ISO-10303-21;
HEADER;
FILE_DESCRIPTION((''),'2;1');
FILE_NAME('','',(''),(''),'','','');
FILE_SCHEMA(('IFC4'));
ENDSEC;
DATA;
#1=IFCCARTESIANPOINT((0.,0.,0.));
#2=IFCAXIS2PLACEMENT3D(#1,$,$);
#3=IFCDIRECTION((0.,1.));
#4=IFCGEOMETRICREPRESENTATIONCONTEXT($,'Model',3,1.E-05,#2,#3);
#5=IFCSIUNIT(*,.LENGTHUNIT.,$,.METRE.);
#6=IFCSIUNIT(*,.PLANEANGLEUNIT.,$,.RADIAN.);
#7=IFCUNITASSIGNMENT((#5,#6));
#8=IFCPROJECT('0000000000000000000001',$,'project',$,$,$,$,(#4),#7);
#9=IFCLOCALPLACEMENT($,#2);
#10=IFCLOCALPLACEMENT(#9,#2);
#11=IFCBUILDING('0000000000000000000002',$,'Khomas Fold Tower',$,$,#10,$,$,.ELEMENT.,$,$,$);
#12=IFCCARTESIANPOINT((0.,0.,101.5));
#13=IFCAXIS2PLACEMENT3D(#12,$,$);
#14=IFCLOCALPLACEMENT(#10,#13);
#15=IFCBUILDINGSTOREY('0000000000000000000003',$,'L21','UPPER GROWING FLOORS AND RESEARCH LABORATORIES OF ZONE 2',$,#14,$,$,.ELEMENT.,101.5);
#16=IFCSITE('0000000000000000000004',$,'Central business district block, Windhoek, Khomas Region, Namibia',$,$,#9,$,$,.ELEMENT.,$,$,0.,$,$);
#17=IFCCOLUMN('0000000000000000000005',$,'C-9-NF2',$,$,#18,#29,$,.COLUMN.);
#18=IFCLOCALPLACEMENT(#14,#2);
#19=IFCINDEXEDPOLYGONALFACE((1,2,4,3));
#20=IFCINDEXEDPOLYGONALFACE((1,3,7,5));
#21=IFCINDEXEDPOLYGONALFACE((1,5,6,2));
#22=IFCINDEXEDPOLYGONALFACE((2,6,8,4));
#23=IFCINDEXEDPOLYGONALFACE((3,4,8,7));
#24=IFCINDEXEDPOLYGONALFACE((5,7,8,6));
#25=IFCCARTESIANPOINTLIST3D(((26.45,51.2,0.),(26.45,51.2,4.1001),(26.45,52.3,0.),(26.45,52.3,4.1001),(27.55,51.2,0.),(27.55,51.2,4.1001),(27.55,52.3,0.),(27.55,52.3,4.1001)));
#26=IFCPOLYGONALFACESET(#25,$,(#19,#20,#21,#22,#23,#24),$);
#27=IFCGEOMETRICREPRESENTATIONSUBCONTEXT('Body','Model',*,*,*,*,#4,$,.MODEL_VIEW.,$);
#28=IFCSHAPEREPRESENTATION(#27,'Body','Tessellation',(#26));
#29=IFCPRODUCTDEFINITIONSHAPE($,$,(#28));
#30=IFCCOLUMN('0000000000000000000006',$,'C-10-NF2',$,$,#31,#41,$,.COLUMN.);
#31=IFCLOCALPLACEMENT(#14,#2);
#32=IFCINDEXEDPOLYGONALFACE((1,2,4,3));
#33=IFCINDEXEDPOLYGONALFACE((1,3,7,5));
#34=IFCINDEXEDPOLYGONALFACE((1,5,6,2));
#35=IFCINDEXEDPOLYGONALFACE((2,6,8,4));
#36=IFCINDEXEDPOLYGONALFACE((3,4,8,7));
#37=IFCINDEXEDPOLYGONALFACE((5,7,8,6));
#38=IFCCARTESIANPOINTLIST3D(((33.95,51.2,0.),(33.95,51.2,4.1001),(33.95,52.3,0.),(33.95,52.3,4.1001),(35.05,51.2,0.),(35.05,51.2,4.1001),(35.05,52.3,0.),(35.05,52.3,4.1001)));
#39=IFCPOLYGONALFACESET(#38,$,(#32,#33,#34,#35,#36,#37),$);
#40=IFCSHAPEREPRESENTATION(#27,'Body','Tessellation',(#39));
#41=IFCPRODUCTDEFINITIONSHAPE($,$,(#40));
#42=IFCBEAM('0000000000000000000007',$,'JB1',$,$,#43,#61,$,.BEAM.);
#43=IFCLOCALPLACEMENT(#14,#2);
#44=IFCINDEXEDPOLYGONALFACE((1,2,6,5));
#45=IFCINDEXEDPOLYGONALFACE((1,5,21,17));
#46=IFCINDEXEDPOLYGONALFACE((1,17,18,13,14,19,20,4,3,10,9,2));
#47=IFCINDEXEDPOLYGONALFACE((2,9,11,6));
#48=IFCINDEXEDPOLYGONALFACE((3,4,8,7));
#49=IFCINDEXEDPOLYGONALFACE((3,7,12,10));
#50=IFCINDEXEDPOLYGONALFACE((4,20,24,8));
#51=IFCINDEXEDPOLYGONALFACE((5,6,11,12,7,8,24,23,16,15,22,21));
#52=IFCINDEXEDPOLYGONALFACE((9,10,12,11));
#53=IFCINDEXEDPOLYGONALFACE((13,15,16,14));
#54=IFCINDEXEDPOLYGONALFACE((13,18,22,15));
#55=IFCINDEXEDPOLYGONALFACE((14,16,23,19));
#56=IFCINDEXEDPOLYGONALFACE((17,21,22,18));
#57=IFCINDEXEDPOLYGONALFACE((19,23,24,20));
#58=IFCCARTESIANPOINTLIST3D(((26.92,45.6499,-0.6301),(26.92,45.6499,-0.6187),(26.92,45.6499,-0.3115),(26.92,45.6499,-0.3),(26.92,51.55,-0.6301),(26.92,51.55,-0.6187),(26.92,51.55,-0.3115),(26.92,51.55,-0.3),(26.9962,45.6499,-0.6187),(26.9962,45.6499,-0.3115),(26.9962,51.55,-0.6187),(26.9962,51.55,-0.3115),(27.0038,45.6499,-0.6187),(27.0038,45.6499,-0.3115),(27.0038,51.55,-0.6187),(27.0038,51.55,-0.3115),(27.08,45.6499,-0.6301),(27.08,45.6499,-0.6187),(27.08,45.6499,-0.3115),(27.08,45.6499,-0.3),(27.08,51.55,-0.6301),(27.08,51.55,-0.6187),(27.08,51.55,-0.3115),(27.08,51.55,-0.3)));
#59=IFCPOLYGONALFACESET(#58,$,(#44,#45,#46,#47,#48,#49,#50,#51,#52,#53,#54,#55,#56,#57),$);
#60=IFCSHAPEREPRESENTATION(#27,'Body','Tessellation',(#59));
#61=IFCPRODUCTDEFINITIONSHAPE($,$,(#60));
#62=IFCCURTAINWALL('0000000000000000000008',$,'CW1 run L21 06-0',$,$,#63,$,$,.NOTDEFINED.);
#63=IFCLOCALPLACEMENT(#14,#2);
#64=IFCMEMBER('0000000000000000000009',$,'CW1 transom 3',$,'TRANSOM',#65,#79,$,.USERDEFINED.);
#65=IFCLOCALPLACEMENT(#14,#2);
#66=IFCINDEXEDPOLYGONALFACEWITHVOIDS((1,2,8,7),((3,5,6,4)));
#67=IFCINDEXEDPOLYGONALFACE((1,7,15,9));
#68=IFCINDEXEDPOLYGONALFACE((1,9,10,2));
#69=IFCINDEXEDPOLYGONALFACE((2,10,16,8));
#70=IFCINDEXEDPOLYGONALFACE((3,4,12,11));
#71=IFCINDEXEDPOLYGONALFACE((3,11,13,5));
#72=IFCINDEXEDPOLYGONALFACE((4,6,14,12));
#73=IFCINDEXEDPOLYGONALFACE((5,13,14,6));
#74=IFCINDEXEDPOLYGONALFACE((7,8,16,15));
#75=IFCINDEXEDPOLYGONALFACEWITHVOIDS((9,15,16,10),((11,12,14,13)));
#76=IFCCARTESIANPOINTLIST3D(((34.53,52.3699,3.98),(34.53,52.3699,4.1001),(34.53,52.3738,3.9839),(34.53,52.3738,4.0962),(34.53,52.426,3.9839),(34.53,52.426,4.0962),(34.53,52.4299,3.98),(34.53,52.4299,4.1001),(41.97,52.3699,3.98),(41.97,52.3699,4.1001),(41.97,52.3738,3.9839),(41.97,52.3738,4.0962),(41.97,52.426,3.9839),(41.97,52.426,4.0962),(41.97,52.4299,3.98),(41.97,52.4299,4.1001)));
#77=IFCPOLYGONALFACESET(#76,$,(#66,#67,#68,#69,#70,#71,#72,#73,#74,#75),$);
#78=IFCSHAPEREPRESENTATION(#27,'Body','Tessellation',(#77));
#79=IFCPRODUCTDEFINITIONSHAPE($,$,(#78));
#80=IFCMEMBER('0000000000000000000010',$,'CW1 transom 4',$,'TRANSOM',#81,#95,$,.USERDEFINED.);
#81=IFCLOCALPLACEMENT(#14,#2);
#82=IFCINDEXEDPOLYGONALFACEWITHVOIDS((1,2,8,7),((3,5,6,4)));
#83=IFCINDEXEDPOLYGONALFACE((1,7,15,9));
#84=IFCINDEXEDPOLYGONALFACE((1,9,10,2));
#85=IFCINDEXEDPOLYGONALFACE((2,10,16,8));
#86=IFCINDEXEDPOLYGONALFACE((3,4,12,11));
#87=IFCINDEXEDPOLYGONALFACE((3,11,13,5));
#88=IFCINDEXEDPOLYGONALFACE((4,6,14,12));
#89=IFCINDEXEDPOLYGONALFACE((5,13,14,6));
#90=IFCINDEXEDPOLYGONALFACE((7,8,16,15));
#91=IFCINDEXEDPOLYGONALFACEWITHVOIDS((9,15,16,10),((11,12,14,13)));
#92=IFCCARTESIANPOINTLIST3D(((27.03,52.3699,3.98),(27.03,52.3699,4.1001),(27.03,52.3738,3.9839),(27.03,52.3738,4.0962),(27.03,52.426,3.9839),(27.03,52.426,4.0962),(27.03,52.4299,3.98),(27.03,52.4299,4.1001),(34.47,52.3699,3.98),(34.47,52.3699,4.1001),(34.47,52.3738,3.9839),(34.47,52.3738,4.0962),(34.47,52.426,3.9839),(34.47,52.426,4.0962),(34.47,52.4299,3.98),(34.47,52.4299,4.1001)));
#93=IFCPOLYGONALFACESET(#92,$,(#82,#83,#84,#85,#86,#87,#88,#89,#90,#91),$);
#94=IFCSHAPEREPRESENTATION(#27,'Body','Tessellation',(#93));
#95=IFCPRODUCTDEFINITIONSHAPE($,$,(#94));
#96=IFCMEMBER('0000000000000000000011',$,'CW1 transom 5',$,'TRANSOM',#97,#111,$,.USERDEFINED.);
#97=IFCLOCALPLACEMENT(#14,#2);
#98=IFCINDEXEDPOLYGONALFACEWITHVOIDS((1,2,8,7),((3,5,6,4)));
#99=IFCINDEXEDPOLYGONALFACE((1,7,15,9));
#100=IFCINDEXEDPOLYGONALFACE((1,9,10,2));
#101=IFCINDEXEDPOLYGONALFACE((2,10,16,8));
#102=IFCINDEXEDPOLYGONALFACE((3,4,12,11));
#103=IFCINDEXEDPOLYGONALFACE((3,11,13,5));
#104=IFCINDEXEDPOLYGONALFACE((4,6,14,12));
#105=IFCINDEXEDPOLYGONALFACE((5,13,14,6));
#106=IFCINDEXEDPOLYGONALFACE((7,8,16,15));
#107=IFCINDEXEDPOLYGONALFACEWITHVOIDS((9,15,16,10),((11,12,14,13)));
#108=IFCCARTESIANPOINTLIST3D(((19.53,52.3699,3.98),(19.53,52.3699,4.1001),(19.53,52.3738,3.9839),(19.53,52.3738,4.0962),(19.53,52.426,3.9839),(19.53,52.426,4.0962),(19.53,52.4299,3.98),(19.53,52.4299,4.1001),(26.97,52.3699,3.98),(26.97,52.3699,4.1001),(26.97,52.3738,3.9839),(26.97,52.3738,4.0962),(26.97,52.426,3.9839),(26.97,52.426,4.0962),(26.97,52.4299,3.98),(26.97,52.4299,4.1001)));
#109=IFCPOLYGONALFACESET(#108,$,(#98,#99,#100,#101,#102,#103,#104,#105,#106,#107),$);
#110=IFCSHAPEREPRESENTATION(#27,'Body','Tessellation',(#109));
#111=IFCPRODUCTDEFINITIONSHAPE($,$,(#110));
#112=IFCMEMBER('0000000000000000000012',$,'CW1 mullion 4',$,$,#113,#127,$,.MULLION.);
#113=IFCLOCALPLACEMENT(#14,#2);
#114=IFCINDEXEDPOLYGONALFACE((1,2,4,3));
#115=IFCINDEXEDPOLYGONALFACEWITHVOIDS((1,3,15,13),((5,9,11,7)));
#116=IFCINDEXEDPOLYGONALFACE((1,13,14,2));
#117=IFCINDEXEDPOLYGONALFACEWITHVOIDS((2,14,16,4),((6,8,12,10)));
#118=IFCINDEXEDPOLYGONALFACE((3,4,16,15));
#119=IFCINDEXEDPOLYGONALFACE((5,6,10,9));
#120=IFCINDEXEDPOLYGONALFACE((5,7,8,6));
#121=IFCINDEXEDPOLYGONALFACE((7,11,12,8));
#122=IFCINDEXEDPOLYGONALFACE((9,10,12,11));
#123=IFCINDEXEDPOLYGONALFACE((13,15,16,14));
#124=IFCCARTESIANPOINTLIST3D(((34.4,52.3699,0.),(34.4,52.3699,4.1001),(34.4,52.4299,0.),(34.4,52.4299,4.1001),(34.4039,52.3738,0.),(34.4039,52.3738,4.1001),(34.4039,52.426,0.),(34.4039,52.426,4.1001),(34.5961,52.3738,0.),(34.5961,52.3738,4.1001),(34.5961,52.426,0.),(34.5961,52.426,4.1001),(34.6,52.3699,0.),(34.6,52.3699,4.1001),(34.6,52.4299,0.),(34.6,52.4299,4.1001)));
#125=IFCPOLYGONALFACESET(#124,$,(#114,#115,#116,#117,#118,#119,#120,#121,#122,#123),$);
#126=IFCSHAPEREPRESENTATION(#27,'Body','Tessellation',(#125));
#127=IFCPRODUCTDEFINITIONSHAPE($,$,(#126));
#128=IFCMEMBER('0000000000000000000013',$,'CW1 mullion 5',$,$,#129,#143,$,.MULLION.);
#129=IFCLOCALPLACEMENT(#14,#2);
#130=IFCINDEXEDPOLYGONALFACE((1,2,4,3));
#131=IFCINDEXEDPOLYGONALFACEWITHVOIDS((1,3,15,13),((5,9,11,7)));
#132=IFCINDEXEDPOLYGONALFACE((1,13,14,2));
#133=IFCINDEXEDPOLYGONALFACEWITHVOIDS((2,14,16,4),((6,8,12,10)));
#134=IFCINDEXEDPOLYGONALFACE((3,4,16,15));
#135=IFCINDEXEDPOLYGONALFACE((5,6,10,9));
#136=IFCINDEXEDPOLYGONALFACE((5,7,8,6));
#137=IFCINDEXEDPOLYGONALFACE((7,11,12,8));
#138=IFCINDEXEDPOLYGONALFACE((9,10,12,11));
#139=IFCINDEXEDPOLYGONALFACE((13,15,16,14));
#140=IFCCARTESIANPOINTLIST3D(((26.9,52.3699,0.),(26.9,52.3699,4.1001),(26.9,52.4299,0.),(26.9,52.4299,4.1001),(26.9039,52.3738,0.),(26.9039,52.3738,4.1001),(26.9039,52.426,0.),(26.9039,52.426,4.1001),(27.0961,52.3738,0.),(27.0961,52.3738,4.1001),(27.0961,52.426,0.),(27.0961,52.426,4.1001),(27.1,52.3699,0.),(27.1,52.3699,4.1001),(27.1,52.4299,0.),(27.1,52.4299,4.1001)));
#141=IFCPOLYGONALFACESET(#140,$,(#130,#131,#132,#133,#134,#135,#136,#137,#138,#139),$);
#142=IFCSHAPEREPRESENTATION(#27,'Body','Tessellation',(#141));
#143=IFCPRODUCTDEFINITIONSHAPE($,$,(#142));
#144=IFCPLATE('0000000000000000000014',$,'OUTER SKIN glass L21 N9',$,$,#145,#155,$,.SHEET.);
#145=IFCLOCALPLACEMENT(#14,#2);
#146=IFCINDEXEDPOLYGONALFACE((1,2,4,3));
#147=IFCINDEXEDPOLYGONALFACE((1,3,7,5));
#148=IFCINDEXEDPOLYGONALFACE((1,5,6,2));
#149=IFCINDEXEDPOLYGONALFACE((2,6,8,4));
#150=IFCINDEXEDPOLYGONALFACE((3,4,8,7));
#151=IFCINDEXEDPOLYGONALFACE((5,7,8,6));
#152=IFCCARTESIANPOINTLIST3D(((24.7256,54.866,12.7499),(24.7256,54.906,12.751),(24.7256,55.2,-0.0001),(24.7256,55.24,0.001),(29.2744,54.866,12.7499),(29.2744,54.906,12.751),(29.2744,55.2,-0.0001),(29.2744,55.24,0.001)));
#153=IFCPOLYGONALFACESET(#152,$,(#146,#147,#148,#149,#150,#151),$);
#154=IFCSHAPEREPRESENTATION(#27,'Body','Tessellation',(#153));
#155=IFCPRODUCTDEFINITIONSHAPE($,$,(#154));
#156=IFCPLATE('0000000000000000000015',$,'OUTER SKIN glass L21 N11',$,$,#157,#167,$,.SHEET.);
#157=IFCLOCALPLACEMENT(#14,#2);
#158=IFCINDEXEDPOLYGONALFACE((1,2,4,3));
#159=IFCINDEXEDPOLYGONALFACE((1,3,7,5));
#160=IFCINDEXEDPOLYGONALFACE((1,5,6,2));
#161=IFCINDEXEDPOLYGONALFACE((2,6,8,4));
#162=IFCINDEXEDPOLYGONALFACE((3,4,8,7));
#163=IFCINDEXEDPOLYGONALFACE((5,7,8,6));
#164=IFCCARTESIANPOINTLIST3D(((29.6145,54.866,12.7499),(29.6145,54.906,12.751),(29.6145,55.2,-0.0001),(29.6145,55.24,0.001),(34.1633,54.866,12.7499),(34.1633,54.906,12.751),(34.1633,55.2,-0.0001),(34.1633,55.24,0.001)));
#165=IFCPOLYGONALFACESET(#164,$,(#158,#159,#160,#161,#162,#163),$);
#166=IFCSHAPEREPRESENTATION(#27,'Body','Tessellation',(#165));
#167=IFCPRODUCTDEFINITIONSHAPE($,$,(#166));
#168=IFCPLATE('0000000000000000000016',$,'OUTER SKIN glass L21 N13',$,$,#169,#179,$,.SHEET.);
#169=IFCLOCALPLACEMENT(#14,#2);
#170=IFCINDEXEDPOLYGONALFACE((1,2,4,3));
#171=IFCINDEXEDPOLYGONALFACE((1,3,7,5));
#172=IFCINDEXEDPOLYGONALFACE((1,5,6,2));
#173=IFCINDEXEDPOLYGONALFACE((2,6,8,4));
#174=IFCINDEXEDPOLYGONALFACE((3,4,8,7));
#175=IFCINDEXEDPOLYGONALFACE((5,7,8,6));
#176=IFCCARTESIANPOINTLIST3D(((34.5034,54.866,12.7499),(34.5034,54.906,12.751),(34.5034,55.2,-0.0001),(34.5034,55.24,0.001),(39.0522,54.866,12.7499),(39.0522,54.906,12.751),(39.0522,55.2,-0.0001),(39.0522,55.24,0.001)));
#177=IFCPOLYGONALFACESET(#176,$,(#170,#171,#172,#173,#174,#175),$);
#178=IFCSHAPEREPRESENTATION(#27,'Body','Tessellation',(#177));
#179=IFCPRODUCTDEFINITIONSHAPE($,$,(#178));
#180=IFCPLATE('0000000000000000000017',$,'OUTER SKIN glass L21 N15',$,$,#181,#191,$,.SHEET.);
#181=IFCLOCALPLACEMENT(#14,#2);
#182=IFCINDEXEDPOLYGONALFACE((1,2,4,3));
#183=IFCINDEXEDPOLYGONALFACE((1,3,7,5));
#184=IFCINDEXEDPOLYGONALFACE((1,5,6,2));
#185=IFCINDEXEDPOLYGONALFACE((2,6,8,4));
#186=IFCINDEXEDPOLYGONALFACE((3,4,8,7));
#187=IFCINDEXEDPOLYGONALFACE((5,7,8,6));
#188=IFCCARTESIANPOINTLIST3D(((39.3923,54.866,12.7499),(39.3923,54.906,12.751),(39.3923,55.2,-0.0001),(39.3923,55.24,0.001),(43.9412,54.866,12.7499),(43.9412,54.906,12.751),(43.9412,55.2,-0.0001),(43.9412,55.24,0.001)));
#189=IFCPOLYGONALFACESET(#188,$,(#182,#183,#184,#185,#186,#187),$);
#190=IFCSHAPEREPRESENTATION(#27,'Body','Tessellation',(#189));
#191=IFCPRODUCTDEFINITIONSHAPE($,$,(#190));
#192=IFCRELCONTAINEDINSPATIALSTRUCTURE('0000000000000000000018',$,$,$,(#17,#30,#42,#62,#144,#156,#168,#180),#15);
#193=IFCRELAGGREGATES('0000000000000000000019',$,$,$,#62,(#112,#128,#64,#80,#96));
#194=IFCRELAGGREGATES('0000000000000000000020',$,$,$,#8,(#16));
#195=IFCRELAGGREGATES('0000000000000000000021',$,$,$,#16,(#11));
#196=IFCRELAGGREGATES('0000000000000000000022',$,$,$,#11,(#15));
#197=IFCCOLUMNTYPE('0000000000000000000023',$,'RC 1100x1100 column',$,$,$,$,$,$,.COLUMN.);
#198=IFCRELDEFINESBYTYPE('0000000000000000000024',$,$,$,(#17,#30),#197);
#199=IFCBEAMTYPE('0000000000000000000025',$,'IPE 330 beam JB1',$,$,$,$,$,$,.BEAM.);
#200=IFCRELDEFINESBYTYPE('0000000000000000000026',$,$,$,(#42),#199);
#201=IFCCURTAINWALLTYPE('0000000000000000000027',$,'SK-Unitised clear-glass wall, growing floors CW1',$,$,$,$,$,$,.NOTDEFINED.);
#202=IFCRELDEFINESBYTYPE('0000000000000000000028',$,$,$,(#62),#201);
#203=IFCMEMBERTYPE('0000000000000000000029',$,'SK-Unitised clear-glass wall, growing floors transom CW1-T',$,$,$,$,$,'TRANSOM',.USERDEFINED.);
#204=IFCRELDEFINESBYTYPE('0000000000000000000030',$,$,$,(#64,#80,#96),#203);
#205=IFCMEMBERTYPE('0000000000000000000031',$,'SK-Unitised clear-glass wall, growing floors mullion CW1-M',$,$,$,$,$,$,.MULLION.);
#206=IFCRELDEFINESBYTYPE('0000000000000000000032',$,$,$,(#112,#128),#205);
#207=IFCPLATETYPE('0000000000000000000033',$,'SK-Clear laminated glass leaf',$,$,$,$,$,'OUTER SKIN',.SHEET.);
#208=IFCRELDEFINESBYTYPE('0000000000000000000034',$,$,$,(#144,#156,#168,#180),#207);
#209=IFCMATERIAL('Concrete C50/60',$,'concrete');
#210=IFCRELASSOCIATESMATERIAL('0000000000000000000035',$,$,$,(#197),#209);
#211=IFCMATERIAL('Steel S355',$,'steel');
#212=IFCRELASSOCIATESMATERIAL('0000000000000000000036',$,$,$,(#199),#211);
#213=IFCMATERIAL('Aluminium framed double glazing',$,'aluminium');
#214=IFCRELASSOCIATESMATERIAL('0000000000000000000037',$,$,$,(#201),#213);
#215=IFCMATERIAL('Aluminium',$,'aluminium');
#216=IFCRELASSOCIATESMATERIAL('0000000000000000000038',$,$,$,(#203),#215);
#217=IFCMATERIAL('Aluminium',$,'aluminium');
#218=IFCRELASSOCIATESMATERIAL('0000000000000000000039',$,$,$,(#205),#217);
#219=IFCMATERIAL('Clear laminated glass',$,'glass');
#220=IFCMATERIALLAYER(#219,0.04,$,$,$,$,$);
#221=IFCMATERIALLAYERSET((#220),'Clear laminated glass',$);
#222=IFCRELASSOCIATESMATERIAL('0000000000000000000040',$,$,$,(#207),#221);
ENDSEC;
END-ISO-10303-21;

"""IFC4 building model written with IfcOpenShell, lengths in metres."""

from ifc_helpers import new_model, si_unit, direction, frame, origin, origin_2d, place, context, subcontext, project, spatial, polyline, rectangle, hollow_rectangle, i_section, outline, extrude, source, transform, mapped, material, layer, layer_set, material_profile, profile_set, type_object, element, aggregate, save


model = new_model("IFC4")

# Units and contexts
model_context = context("Model", 3, precision=1e-05, world=origin(), true_north=direction((0.0, 1.0)))
body_context = subcontext(model_context, "Body", "Model", "MODEL_VIEW")
ifc_project = project(units=[si_unit("LENGTHUNIT", "METRE"), si_unit("PLANEANGLEUNIT", "RADIAN")], contexts=[model_context])

# Site, building, storey
site_placement = place(None, origin())
site = spatial("IfcSite", under=ifc_project, at=site_placement, Name="Central business district block, Windhoek, Khomas Region, Namibia", CompositionType="ELEMENT", RefElevation=0.0)
building_placement = place(site_placement, origin())
building = spatial("IfcBuilding", under=site, at=building_placement, Name="Khomas Fold Tower", CompositionType="ELEMENT")
storey_placement = place(building_placement, frame((0.0, 0.0, 101.5)))
storey = spatial("IfcBuildingStorey", under=building, at=storey_placement, Name="L21", Description="UPPER GROWING FLOORS AND RESEARCH LABORATORIES OF ZONE 2", CompositionType="ELEMENT", Elevation=101.5)

# Columns
ifc_material_1 = material(Name="Concrete C50/60", Category="concrete")
ifc_material_profile_1 = material_profile(ifc_material_1, rectangle(XDim=1.1001, YDim=1.1001, at=origin_2d()), Name="RC 1100x1100")
ifc_profile_set_1 = profile_set([ifc_material_profile_1], Name="Concrete C50/60")
column_type = type_object("IfcColumnType", Name="RC 1100x1100 column", PredefinedType="COLUMN", material=ifc_profile_set_1)
shared_shape_1 = source(origin(), body_context, "Body", "SweptSolid", [
    extrude(rectangle(XDim=1.1001, YDim=1.1001, at=origin_2d()), origin(), (0.0, 0.0, 1.0), 4.1001),
])
for number, where, z_axis, x_axis, name in (
    (1, (27.0, 51.75, 0.0), (0.0, 0.0, 1.0), (1.0, 0.0, 0.0), "C-9-NF2"),
    (2, (34.5, 51.75, 0.0), (0.0, 0.0, 1.0), (1.0, 0.0, 0.0), "C-10-NF2"),
):
    element("IfcColumn", number, at=place(storey_placement, frame(where, z_axis=z_axis, x_axis=x_axis)), inside=storey, type_object=column_type, Name=name, PredefinedType="COLUMN", context=body_context, shape_type="MappedRepresentation", body=[
        mapped(shared_shape_1, transform((0.0, 0.0, 0.0))),
    ])

# Beam
ifc_material_2 = material(Name="Steel S355", Category="steel")
ifc_material_profile_2 = material_profile(ifc_material_2, i_section(OverallWidth=0.1599, OverallDepth=0.3301, WebThickness=0.0076, FlangeThickness=0.0115, at=origin_2d()), Name="IPE 330")
ifc_profile_set_2 = profile_set([ifc_material_profile_2], Name="Steel S355")
beam_type = type_object("IfcBeamType", Name="IPE 330 beam JB1", PredefinedType="BEAM", material=ifc_profile_set_2)
shared_shape_2 = source(origin(), body_context, "Body", "SweptSolid", [
    extrude(i_section(OverallWidth=0.1599, OverallDepth=0.3301, WebThickness=0.0076, FlangeThickness=0.0115, at=origin_2d()), origin(), (0.0, 0.0, 1.0), 5.9001),
])
beam_placement = place(storey_placement, frame((27.0, 45.6499, -0.4651), z_axis=(0.0, 1.0, 0.0), x_axis=(-1.0, 0.0, 0.0)))
element("IfcBeam", 3, at=beam_placement, inside=storey, type_object=beam_type, Name="JB1", PredefinedType="BEAM", context=body_context, shape_type="MappedRepresentation", body=[
    mapped(shared_shape_2, transform((0.0, 0.0, 0.0))),
])

# Curtain wall, members
ifc_material_3 = material(Name="Aluminium framed double glazing", Category="aluminium")
curtain_wall_type = type_object("IfcCurtainWallType", Name="SK-Unitised clear-glass wall, growing floors CW1", PredefinedType="NOTDEFINED", material=ifc_material_3)
curtain_wall_placement = place(storey_placement, origin())
curtain_wall = element("IfcCurtainWall", 4, at=curtain_wall_placement, inside=storey, type_object=curtain_wall_type, Name="CW1 run L21 06-0", PredefinedType="NOTDEFINED")
ifc_material_4 = material(Name="Aluminium", Category="aluminium")
ifc_material_profile_3 = material_profile(ifc_material_4, hollow_rectangle(XDim=0.0601, YDim=0.1201, WallThickness=0.0039, at=origin_2d()), Name="SK-Unitised clear-glass wall, growing floors transom CW1-T")
ifc_profile_set_3 = profile_set([ifc_material_profile_3], Name="Aluminium")
member_type_1 = type_object("IfcMemberType", Name="SK-Unitised clear-glass wall, growing floors transom CW1-T", ElementType="TRANSOM", PredefinedType="USERDEFINED", material=ifc_profile_set_3)
shared_shape_3 = source(origin(), body_context, "Body", "SweptSolid", [
    extrude(hollow_rectangle(XDim=0.0601, YDim=0.1201, WallThickness=0.0039, at=origin_2d()), origin(), (0.0, 0.0, 1.0), 7.4399),
])
member_1_placement = place(storey_placement, frame((41.97, 52.3999, 4.04), z_axis=(-1.0, 0.0, 0.0), x_axis=(0.0, -1.0, 0.0)))
member_1 = element("IfcMember", 5, at=member_1_placement, type_object=member_type_1, Name="CW1 transom 3", ObjectType="TRANSOM", PredefinedType="USERDEFINED", context=body_context, shape_type="MappedRepresentation", body=[
    mapped(shared_shape_3, transform((0.0, 0.0, 0.0))),
])
member_2_placement = place(storey_placement, frame((34.47, 52.3999, 4.04), z_axis=(-1.0, 0.0, 0.0), x_axis=(0.0, -1.0, 0.0)))
member_2 = element("IfcMember", 6, at=member_2_placement, type_object=member_type_1, Name="CW1 transom 4", ObjectType="TRANSOM", PredefinedType="USERDEFINED", context=body_context, shape_type="MappedRepresentation", body=[
    mapped(shared_shape_3, transform((0.0, 0.0, 0.0))),
])
member_3_placement = place(storey_placement, frame((26.97, 52.3999, 4.04), z_axis=(-1.0, 0.0, 0.0), x_axis=(0.0, -1.0, 0.0)))
member_3 = element("IfcMember", 7, at=member_3_placement, type_object=member_type_1, Name="CW1 transom 5", ObjectType="TRANSOM", PredefinedType="USERDEFINED", context=body_context, shape_type="MappedRepresentation", body=[
    mapped(shared_shape_3, transform((0.0, 0.0, 0.0))),
])
ifc_material_5 = material(Name="Aluminium", Category="aluminium")
ifc_material_profile_4 = material_profile(ifc_material_5, hollow_rectangle(XDim=0.0601, YDim=0.2, WallThickness=0.0039, at=origin_2d()), Name="SK-Unitised clear-glass wall, growing floors mullion CW1-M")
ifc_profile_set_4 = profile_set([ifc_material_profile_4], Name="Aluminium")
member_type_2 = type_object("IfcMemberType", Name="SK-Unitised clear-glass wall, growing floors mullion CW1-M", PredefinedType="MULLION", material=ifc_profile_set_4)
shared_shape_4 = source(origin(), body_context, "Body", "SweptSolid", [
    extrude(hollow_rectangle(XDim=0.0601, YDim=0.2, WallThickness=0.0039, at=origin_2d()), origin(), (0.0, 0.0, 1.0), 4.1001),
])
member_4_placement = place(storey_placement, frame((34.5, 52.3999, 0.0), z_axis=(0.0, 0.0, 1.0), x_axis=(0.0, -1.0, 0.0)))
member_4 = element("IfcMember", 8, at=member_4_placement, type_object=member_type_2, Name="CW1 mullion 4", PredefinedType="MULLION", context=body_context, shape_type="MappedRepresentation", body=[
    mapped(shared_shape_4, transform((0.0, 0.0, 0.0))),
])
member_5_placement = place(storey_placement, frame((27.0, 52.3999, 0.0), z_axis=(0.0, 0.0, 1.0), x_axis=(0.0, -1.0, 0.0)))
member_5 = element("IfcMember", 9, at=member_5_placement, type_object=member_type_2, Name="CW1 mullion 5", PredefinedType="MULLION", context=body_context, shape_type="MappedRepresentation", body=[
    mapped(shared_shape_4, transform((0.0, 0.0, 0.0))),
])

# Plates
ifc_material_6 = material(Name="Clear laminated glass", Category="glass")
ifc_layer_1 = layer(ifc_material_6, 0.04)
ifc_layer_set_1 = layer_set([ifc_layer_1], Name="Clear laminated glass")
plate_type_1 = type_object("IfcPlateType", Name="SK-Clear laminated glass leaf", ElementType="OUTER SKIN", PredefinedType="SHEET", material=ifc_layer_set_1)
for number, where, z_axis, x_axis, name in (
    (10, (24.7256, 55.24, 0.001), (0.0, 0.999657, 0.026186), (1.0, 0.0, 0.0), "OUTER SKIN glass L21 N9"),
    (11, (29.6145, 55.24, 0.001), (0.0, 0.999657, 0.026186), (1.0, 0.0, 0.0), "OUTER SKIN glass L21 N11"),
    (12, (34.5034, 55.24, 0.001), (0.0, 0.999657, 0.026186), (1.0, 0.0, 0.0), "OUTER SKIN glass L21 N13"),
    (13, (39.3923, 55.24, 0.001), (0.0, 0.999657, 0.026186), (1.0, 0.0, 0.0), "OUTER SKIN glass L21 N15"),
):
    element("IfcPlate", number, at=place(storey_placement, frame(where, z_axis=z_axis, x_axis=x_axis)), inside=storey, type_object=plate_type_1, Name=name, PredefinedType="SHEET", context=body_context, shape_type="SweptSolid", body=[
        extrude(outline(polyline([(0.0, 0.0), (4.5488, 0.0), (4.5488, -12.7544), (0.0, -12.7544), (0.0, 0.0)])), origin(), (0.0, 0.0, -1.0), 0.04),
    ])

aggregate(curtain_wall, [member_4, member_5, member_1, member_2, member_3])

save(model, "model.ifc")
